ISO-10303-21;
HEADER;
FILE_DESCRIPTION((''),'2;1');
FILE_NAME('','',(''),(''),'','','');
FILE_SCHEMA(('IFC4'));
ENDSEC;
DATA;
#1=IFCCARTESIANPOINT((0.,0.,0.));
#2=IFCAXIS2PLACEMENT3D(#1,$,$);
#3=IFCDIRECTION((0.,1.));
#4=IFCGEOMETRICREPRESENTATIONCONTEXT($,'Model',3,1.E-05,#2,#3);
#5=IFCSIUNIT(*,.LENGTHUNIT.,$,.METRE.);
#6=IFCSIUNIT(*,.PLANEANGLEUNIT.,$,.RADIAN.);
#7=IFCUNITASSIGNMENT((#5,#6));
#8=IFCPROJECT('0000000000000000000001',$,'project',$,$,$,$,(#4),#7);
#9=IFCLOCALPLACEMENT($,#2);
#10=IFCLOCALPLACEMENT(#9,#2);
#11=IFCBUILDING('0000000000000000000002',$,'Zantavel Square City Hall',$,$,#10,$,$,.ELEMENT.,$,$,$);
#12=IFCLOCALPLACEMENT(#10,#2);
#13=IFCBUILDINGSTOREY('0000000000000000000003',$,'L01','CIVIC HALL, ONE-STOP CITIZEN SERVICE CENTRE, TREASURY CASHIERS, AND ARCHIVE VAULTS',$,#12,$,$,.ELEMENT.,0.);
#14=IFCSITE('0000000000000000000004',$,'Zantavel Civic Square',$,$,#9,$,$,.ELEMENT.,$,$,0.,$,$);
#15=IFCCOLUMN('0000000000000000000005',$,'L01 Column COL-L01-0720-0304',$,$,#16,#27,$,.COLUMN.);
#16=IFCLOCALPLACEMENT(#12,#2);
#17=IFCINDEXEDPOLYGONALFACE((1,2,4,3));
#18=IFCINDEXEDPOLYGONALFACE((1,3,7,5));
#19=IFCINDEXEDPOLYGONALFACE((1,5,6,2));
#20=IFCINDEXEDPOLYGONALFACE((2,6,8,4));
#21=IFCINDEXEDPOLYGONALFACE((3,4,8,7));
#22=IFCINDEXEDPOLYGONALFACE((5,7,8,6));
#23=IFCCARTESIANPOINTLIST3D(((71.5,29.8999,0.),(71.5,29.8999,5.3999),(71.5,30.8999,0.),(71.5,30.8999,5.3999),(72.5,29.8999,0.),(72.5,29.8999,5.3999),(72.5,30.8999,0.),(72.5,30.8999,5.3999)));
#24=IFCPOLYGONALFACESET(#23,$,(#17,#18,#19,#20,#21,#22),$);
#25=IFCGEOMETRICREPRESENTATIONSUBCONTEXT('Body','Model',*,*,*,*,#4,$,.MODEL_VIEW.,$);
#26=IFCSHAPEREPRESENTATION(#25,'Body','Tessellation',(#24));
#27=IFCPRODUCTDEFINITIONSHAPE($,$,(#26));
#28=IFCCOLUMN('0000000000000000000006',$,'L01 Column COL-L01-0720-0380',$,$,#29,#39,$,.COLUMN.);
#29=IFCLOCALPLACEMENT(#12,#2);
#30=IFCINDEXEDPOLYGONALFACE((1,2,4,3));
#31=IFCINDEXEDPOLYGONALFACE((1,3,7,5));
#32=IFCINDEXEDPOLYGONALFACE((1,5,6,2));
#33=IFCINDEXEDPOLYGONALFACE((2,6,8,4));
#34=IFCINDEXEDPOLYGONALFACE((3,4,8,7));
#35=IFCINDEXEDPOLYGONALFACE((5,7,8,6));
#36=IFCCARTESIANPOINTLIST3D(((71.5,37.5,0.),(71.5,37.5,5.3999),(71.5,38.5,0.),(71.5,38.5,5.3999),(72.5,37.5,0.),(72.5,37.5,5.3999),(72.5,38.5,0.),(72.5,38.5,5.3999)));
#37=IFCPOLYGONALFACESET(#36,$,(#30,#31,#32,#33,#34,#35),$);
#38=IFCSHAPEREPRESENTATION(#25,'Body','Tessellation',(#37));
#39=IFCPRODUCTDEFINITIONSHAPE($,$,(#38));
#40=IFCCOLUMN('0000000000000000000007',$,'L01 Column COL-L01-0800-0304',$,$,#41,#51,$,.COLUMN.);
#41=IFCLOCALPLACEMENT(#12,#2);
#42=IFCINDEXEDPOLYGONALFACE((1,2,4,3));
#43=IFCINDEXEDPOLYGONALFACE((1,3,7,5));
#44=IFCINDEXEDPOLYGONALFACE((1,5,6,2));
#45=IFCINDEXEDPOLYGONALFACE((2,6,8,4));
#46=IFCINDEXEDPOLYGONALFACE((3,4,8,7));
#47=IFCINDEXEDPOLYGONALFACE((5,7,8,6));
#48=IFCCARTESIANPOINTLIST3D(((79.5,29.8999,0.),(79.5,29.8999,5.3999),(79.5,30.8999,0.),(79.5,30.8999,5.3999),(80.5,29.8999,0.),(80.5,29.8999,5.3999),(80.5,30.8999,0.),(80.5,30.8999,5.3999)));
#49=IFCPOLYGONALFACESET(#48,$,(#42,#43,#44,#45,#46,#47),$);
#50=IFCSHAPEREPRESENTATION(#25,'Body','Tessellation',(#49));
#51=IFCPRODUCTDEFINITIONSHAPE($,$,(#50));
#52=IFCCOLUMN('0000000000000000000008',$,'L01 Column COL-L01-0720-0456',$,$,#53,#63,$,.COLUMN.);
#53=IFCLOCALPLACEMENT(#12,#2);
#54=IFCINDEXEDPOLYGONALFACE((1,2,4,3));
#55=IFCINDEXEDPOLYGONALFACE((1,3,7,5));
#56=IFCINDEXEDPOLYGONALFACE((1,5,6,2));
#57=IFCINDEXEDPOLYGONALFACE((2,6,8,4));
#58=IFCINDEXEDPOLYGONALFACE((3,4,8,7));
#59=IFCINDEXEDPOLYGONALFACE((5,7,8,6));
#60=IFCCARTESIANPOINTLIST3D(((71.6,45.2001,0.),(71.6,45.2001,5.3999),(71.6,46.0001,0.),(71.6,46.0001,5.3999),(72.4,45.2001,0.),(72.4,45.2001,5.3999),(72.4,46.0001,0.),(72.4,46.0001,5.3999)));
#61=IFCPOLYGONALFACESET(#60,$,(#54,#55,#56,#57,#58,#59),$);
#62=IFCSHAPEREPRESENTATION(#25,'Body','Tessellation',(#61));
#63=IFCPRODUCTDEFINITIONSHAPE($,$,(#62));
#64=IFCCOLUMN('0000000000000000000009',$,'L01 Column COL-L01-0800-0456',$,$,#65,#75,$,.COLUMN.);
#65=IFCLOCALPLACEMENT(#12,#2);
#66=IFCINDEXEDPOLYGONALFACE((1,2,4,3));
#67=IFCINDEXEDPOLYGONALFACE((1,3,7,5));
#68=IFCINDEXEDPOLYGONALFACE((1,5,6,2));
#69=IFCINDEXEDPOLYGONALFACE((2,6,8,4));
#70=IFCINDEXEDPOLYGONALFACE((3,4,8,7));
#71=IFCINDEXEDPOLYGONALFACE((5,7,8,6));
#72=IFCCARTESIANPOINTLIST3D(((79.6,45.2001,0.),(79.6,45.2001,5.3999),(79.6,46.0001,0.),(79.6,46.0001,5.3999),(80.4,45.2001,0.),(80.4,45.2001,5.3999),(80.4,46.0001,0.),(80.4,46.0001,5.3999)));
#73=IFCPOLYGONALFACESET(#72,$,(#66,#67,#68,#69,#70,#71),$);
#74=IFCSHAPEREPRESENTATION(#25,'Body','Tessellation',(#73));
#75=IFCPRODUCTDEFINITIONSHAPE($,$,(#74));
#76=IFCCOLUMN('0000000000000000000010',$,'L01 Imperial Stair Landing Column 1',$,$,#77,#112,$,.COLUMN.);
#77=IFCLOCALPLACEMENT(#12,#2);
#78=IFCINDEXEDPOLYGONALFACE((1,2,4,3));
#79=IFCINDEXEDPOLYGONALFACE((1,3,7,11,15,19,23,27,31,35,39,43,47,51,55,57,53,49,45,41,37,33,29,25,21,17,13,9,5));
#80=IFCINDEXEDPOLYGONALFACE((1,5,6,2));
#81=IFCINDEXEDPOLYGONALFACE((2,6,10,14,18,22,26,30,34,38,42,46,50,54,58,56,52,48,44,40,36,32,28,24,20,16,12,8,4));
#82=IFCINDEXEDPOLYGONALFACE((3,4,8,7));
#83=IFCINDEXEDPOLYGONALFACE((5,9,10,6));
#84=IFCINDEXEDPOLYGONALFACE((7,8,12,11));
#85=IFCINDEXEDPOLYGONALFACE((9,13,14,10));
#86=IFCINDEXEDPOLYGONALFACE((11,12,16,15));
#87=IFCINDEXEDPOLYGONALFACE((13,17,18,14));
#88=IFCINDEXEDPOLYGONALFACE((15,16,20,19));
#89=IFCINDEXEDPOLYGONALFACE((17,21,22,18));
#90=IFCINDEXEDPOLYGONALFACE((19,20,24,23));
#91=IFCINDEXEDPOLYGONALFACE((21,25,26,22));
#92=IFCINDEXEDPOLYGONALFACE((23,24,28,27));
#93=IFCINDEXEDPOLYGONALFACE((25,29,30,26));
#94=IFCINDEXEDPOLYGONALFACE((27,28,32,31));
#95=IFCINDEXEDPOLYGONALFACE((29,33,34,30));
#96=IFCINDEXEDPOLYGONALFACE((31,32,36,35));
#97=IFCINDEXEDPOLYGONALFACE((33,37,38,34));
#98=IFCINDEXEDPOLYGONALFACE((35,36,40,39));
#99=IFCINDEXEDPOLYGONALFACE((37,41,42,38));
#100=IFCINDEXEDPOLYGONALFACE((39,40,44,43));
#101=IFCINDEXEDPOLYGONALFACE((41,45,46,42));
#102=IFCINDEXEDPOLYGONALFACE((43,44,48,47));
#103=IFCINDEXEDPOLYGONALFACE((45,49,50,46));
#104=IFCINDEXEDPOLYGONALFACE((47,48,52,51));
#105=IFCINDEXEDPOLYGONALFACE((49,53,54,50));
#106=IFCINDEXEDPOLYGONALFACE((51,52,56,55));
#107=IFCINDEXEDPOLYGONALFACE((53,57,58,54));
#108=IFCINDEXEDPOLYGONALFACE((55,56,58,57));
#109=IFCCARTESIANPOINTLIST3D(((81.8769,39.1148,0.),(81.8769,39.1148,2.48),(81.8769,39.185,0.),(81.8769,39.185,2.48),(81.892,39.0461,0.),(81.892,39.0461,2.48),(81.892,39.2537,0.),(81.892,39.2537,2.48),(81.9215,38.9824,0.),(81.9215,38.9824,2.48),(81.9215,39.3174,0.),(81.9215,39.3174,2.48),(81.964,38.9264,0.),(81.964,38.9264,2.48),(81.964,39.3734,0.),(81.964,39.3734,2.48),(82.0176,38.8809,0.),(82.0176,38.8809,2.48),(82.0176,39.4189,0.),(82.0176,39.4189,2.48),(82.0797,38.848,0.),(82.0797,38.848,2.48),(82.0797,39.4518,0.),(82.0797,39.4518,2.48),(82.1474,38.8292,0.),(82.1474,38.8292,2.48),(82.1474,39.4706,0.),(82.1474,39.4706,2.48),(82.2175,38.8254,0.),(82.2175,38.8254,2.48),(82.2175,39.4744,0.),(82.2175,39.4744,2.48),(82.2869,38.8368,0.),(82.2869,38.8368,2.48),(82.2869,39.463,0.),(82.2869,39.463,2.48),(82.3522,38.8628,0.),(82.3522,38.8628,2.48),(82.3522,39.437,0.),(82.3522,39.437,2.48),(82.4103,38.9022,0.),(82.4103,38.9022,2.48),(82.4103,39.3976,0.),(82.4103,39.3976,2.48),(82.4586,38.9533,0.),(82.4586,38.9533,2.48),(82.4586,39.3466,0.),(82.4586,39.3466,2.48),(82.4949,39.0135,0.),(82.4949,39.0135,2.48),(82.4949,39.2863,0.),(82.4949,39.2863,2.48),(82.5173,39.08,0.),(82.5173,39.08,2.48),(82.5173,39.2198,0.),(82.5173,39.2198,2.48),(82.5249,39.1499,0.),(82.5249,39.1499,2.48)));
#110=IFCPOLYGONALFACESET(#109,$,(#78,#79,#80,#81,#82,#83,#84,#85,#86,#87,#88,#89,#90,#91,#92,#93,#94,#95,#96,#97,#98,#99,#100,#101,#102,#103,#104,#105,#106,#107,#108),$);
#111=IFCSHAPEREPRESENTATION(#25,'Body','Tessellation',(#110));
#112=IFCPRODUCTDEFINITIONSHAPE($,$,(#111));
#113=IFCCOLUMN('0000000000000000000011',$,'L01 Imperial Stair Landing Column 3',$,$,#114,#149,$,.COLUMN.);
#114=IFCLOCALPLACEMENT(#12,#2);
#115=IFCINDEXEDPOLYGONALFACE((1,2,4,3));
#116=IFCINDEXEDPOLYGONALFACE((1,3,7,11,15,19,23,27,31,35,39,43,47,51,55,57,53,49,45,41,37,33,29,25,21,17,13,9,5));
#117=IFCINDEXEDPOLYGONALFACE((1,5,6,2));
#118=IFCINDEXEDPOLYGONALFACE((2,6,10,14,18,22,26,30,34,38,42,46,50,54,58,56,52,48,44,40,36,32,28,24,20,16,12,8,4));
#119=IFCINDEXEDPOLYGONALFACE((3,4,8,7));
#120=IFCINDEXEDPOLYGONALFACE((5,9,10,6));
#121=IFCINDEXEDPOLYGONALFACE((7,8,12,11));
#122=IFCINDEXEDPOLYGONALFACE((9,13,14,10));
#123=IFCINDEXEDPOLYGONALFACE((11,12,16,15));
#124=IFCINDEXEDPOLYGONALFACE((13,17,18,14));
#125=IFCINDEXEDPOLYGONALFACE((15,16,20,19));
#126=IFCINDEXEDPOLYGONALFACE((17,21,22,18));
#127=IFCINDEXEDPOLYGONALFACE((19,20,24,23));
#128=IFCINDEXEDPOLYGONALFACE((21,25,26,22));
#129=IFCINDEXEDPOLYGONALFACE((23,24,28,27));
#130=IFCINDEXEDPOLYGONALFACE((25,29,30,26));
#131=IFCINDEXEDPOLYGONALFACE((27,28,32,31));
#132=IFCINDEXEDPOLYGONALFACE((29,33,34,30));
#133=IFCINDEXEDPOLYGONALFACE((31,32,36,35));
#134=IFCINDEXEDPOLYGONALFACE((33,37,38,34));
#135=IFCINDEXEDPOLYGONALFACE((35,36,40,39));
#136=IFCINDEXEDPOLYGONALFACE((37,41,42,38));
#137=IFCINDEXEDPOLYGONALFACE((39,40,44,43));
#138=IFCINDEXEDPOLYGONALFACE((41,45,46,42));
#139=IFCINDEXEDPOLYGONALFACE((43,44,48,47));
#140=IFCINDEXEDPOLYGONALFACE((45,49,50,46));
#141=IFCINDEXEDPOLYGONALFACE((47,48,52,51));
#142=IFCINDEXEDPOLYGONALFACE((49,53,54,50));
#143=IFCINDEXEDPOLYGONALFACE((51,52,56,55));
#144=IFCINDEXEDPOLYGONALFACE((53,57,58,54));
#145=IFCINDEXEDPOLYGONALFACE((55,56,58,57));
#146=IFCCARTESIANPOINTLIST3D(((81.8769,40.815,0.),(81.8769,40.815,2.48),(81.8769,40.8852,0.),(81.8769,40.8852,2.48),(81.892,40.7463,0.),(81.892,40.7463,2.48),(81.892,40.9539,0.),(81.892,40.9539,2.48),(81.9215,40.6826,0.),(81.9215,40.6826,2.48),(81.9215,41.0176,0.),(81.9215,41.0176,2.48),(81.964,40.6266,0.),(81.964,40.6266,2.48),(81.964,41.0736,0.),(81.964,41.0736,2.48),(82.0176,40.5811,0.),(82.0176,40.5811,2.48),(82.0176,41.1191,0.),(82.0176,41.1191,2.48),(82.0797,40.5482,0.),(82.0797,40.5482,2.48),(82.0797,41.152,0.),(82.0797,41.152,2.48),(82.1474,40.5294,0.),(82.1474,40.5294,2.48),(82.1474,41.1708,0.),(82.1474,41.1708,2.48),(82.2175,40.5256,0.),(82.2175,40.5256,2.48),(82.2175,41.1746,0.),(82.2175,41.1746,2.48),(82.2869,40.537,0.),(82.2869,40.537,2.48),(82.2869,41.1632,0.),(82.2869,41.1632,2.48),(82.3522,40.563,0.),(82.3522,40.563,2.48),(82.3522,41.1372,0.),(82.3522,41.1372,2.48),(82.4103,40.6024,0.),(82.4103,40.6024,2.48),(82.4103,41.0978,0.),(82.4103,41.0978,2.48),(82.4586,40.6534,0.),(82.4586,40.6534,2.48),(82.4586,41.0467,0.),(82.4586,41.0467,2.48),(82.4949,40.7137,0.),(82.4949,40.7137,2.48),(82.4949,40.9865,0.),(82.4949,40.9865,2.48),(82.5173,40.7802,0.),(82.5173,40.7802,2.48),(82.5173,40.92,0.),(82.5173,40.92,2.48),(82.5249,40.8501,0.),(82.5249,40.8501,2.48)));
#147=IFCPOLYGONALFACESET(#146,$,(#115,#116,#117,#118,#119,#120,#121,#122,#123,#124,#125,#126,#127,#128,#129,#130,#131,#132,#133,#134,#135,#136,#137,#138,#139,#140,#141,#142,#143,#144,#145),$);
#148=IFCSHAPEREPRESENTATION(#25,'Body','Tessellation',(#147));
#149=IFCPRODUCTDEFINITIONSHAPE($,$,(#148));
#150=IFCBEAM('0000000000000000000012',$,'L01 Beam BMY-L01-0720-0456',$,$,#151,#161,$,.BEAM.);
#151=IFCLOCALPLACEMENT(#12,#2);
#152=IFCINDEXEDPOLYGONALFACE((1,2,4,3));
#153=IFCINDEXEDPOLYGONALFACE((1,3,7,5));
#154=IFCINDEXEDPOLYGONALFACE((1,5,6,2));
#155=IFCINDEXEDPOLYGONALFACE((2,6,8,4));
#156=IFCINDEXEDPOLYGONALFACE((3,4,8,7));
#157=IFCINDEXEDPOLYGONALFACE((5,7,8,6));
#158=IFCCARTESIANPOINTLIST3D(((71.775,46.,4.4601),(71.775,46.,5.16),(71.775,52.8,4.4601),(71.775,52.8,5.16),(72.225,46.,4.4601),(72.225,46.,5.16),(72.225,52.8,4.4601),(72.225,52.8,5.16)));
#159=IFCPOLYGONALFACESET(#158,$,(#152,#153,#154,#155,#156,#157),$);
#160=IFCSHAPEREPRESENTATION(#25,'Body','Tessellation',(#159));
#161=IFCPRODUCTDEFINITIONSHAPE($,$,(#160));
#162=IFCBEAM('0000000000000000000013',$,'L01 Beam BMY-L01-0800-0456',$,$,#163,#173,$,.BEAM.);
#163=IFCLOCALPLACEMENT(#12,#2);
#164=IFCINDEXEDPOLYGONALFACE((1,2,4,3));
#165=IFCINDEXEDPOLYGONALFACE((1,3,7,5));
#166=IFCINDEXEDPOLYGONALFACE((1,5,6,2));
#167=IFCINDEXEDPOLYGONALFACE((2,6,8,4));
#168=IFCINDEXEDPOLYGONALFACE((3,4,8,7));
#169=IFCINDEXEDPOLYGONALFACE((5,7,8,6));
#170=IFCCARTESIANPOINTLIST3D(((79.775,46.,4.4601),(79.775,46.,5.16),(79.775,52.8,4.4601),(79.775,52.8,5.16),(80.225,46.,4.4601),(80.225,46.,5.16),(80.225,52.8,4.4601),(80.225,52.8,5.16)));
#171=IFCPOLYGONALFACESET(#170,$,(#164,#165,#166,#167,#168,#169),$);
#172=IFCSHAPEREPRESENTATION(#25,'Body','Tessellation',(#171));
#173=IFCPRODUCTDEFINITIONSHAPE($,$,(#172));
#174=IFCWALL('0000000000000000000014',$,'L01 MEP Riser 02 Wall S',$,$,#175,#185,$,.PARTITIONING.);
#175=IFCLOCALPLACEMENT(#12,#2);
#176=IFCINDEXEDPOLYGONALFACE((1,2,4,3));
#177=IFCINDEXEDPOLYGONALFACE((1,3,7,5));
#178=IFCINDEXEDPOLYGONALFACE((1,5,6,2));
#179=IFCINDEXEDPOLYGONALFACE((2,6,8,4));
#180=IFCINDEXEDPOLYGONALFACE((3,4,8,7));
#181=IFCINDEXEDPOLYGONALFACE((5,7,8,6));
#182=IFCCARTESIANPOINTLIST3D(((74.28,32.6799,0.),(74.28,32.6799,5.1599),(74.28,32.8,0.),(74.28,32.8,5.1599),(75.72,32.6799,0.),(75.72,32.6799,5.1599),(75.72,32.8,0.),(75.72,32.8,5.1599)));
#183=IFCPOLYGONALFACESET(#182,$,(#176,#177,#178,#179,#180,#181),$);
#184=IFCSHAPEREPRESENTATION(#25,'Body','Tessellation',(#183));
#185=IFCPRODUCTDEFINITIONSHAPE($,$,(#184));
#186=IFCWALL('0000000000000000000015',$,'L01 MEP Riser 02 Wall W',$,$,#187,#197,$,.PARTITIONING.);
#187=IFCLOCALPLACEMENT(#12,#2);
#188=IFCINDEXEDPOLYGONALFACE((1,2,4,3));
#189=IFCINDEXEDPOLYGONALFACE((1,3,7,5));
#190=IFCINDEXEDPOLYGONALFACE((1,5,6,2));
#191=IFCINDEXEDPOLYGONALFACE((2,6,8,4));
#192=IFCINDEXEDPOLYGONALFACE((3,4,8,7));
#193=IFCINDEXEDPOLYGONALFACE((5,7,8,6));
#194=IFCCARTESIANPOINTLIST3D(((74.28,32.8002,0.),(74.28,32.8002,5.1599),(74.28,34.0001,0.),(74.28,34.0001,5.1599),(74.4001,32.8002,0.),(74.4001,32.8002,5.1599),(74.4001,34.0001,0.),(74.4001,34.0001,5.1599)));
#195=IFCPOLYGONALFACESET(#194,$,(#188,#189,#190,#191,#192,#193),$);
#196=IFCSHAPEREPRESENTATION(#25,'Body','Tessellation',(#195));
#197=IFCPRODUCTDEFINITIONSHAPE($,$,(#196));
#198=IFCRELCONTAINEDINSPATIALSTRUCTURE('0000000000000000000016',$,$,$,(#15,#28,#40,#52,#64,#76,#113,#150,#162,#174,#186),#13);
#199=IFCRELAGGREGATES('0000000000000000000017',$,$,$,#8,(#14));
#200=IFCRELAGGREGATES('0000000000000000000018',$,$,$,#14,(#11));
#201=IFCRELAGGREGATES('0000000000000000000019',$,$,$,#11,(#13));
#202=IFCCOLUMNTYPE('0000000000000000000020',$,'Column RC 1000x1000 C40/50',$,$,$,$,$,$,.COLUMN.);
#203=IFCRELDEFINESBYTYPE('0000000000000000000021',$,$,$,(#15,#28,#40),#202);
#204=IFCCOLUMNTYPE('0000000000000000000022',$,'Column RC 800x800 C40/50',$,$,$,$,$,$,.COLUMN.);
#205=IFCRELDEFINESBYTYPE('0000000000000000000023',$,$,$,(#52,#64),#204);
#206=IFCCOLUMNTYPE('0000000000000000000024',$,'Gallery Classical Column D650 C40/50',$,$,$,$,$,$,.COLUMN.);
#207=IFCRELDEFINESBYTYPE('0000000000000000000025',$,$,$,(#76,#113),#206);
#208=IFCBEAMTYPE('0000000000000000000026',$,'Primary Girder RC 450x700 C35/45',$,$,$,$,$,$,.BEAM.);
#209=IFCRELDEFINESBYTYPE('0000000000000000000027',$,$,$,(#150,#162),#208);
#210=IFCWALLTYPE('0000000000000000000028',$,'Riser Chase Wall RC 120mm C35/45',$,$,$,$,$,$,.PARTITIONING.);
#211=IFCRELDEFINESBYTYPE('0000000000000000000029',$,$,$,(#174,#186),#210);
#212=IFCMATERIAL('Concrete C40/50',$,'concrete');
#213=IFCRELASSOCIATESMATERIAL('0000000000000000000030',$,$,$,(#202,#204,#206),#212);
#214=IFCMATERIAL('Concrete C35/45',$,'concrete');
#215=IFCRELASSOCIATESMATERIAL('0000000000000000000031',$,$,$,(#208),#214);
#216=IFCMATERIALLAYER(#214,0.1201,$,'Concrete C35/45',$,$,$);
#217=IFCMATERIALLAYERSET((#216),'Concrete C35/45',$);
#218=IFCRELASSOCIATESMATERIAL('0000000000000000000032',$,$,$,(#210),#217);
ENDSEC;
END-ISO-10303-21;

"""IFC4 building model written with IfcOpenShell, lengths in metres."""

from ifc_helpers import new_model, si_unit, direction, frame, frame_2d, origin, origin_2d, place, context, subcontext, project, spatial, rectangle, circle, extrude, material, layer, layer_set, material_profile, profile_set, type_object, element, save


model = new_model("IFC4")

# Units and contexts
model_context = context("Model", 3, precision=1e-05, world=origin(), true_north=direction((0.0, 1.0)))
body_context = subcontext(model_context, "Body", "Model", "MODEL_VIEW")
ifc_project = project(units=[si_unit("LENGTHUNIT", "METRE"), si_unit("PLANEANGLEUNIT", "RADIAN")], contexts=[model_context])

# Site, building, storey
site_placement = place(None, origin())
site = spatial("IfcSite", under=ifc_project, at=site_placement, Name="Zantavel Civic Square", CompositionType="ELEMENT", RefElevation=0.0)
building_placement = place(site_placement, origin())
building = spatial("IfcBuilding", under=site, at=building_placement, Name="Zantavel Square City Hall", CompositionType="ELEMENT")
storey_placement = place(building_placement, origin())
storey = spatial("IfcBuildingStorey", under=building, at=storey_placement, Name="L01", Description="CIVIC HALL, ONE-STOP CITIZEN SERVICE CENTRE, TREASURY CASHIERS, AND ARCHIVE VAULTS", CompositionType="ELEMENT", Elevation=0.0)

# Columns
ifc_material_1 = material(Name="Concrete C40/50", Category="concrete")
ifc_material_profile_1 = material_profile(ifc_material_1, rectangle(XDim=1.0, YDim=1.0, at=origin_2d()), Name="RC 1000x1000")
ifc_profile_set_1 = profile_set([ifc_material_profile_1], Name="Concrete C40/50")
column_type_1 = type_object("IfcColumnType", Name="Column RC 1000x1000 C40/50", PredefinedType="COLUMN", material=ifc_profile_set_1)
for number, where, z_axis, x_axis, name in (
    (1, (72.0, 30.3999, 0.0), (0.0, 0.0, 1.0), (1.0, 0.0, 0.0), "L01 Column COL-L01-0720-0304"),
    (2, (72.0, 38.0, 0.0), (0.0, 0.0, 1.0), (1.0, 0.0, 0.0), "L01 Column COL-L01-0720-0380"),
    (3, (80.0, 30.3999, 0.0), (0.0, 0.0, 1.0), (1.0, 0.0, 0.0), "L01 Column COL-L01-0800-0304"),
):
    element("IfcColumn", number, at=place(storey_placement, frame(where, z_axis=z_axis, x_axis=x_axis)), inside=storey, type_object=column_type_1, Name=name, PredefinedType="COLUMN", context=body_context, shape_type="SweptSolid", body=[
        extrude(rectangle(XDim=1.0, YDim=1.0, at=origin_2d()), origin(), (0.0, 0.0, 1.0), 5.3999),
    ])
ifc_material_profile_2 = material_profile(ifc_material_1, rectangle(XDim=0.8, YDim=0.8, at=origin_2d()), Name="RC 800x800")
ifc_profile_set_2 = profile_set([ifc_material_profile_2], Name="Concrete C40/50")
column_type_2 = type_object("IfcColumnType", Name="Column RC 800x800 C40/50", PredefinedType="COLUMN", material=ifc_profile_set_2)
for number, where, z_axis, x_axis, name in (
    (4, (72.0, 45.6001, 0.0), (0.0, 0.0, 1.0), (1.0, 0.0, 0.0), "L01 Column COL-L01-0720-0456"),
    (5, (80.0, 45.6001, 0.0), (0.0, 0.0, 1.0), (1.0, 0.0, 0.0), "L01 Column COL-L01-0800-0456"),
):
    element("IfcColumn", number, at=place(storey_placement, frame(where, z_axis=z_axis, x_axis=x_axis)), inside=storey, type_object=column_type_2, Name=name, PredefinedType="COLUMN", context=body_context, shape_type="SweptSolid", body=[
        extrude(rectangle(XDim=0.8, YDim=0.8, at=origin_2d()), origin(), (0.0, 0.0, 1.0), 5.3999),
    ])
ifc_material_profile_3 = material_profile(ifc_material_1, circle(Radius=0.325, at=origin_2d()), Name="ROUND D650")
ifc_profile_set_3 = profile_set([ifc_material_profile_3], Name="Concrete C40/50")
column_type_3 = type_object("IfcColumnType", Name="Gallery Classical Column D650 C40/50", PredefinedType="COLUMN", material=ifc_profile_set_3)
for number, where, z_axis, x_axis, name in (
    (6, (82.2, 39.1499, 0.0), (0.0, 0.0, 1.0), (1.0, 0.0, 0.0), "L01 Imperial Stair Landing Column 1"),
    (7, (82.2, 40.8501, 0.0), (0.0, 0.0, 1.0), (1.0, 0.0, 0.0), "L01 Imperial Stair Landing Column 3"),
):
    element("IfcColumn", number, at=place(storey_placement, frame(where, z_axis=z_axis, x_axis=x_axis)), inside=storey, type_object=column_type_3, Name=name, PredefinedType="COLUMN", context=body_context, shape_type="SweptSolid", body=[
        extrude(circle(Radius=0.325, at=origin_2d()), origin(), (0.0, 0.0, 1.0), 2.48),
    ])

# Beams
ifc_material_2 = material(Name="Concrete C35/45", Category="concrete")
ifc_material_profile_4 = material_profile(ifc_material_2, rectangle(XDim=0.45, YDim=0.7, at=origin_2d()), Name="RC 450x700")
ifc_profile_set_4 = profile_set([ifc_material_profile_4], Name="Concrete C35/45")
beam_type = type_object("IfcBeamType", Name="Primary Girder RC 450x700 C35/45", PredefinedType="BEAM", material=ifc_profile_set_4)
for number, where, z_axis, x_axis, name in (
    (8, (72.0, 46.0, 4.8101), (0.0, 1.0, 0.0), (-1.0, 0.0, 0.0), "L01 Beam BMY-L01-0720-0456"),
    (9, (80.0, 46.0, 4.8101), (0.0, 1.0, 0.0), (-1.0, 0.0, 0.0), "L01 Beam BMY-L01-0800-0456"),
):
    element("IfcBeam", number, at=place(storey_placement, frame(where, z_axis=z_axis, x_axis=x_axis)), inside=storey, type_object=beam_type, Name=name, PredefinedType="BEAM", context=body_context, shape_type="SweptSolid", body=[
        extrude(rectangle(XDim=0.45, YDim=0.7, at=origin_2d()), origin(), (0.0, 0.0, 1.0), 6.8),
    ])

# Walls
ifc_layer_1 = layer(ifc_material_2, 0.1201, Name="Concrete C35/45")
ifc_layer_set_1 = layer_set([ifc_layer_1], Name="Concrete C35/45")
wall_type_1 = type_object("IfcWallType", Name="Riser Chase Wall RC 120mm C35/45", PredefinedType="PARTITIONING", material=ifc_layer_set_1)
wall_1_placement = place(storey_placement, frame((75.72, 32.74, 0.0), z_axis=(0.0, 0.0, 1.0), x_axis=(-1.0, 0.0, 0.0)))
element("IfcWall", 10, at=wall_1_placement, inside=storey, type_object=wall_type_1, Name="L01 MEP Riser 02 Wall S", PredefinedType="PARTITIONING", context=body_context, shape_type="SweptSolid", body=[
    extrude(rectangle(XDim=1.4399, YDim=0.1201, at=frame_2d((0.72, 0.0))), origin(), (0.0, 0.0, 1.0), 5.1599),
])
wall_2_placement = place(storey_placement, frame((74.3401, 32.8, 0.0), z_axis=(0.0, 0.0, 1.0), x_axis=(0.0, 1.0, 0.0)))
element("IfcWall", 11, at=wall_2_placement, inside=storey, type_object=wall_type_1, Name="L01 MEP Riser 02 Wall W", PredefinedType="PARTITIONING", context=body_context, shape_type="SweptSolid", body=[
    extrude(rectangle(XDim=1.2, YDim=0.1201, at=frame_2d((0.6001, 0.0))), origin(), (0.0, 0.0, 1.0), 5.1599),
])

save(model, "model.ifc")
